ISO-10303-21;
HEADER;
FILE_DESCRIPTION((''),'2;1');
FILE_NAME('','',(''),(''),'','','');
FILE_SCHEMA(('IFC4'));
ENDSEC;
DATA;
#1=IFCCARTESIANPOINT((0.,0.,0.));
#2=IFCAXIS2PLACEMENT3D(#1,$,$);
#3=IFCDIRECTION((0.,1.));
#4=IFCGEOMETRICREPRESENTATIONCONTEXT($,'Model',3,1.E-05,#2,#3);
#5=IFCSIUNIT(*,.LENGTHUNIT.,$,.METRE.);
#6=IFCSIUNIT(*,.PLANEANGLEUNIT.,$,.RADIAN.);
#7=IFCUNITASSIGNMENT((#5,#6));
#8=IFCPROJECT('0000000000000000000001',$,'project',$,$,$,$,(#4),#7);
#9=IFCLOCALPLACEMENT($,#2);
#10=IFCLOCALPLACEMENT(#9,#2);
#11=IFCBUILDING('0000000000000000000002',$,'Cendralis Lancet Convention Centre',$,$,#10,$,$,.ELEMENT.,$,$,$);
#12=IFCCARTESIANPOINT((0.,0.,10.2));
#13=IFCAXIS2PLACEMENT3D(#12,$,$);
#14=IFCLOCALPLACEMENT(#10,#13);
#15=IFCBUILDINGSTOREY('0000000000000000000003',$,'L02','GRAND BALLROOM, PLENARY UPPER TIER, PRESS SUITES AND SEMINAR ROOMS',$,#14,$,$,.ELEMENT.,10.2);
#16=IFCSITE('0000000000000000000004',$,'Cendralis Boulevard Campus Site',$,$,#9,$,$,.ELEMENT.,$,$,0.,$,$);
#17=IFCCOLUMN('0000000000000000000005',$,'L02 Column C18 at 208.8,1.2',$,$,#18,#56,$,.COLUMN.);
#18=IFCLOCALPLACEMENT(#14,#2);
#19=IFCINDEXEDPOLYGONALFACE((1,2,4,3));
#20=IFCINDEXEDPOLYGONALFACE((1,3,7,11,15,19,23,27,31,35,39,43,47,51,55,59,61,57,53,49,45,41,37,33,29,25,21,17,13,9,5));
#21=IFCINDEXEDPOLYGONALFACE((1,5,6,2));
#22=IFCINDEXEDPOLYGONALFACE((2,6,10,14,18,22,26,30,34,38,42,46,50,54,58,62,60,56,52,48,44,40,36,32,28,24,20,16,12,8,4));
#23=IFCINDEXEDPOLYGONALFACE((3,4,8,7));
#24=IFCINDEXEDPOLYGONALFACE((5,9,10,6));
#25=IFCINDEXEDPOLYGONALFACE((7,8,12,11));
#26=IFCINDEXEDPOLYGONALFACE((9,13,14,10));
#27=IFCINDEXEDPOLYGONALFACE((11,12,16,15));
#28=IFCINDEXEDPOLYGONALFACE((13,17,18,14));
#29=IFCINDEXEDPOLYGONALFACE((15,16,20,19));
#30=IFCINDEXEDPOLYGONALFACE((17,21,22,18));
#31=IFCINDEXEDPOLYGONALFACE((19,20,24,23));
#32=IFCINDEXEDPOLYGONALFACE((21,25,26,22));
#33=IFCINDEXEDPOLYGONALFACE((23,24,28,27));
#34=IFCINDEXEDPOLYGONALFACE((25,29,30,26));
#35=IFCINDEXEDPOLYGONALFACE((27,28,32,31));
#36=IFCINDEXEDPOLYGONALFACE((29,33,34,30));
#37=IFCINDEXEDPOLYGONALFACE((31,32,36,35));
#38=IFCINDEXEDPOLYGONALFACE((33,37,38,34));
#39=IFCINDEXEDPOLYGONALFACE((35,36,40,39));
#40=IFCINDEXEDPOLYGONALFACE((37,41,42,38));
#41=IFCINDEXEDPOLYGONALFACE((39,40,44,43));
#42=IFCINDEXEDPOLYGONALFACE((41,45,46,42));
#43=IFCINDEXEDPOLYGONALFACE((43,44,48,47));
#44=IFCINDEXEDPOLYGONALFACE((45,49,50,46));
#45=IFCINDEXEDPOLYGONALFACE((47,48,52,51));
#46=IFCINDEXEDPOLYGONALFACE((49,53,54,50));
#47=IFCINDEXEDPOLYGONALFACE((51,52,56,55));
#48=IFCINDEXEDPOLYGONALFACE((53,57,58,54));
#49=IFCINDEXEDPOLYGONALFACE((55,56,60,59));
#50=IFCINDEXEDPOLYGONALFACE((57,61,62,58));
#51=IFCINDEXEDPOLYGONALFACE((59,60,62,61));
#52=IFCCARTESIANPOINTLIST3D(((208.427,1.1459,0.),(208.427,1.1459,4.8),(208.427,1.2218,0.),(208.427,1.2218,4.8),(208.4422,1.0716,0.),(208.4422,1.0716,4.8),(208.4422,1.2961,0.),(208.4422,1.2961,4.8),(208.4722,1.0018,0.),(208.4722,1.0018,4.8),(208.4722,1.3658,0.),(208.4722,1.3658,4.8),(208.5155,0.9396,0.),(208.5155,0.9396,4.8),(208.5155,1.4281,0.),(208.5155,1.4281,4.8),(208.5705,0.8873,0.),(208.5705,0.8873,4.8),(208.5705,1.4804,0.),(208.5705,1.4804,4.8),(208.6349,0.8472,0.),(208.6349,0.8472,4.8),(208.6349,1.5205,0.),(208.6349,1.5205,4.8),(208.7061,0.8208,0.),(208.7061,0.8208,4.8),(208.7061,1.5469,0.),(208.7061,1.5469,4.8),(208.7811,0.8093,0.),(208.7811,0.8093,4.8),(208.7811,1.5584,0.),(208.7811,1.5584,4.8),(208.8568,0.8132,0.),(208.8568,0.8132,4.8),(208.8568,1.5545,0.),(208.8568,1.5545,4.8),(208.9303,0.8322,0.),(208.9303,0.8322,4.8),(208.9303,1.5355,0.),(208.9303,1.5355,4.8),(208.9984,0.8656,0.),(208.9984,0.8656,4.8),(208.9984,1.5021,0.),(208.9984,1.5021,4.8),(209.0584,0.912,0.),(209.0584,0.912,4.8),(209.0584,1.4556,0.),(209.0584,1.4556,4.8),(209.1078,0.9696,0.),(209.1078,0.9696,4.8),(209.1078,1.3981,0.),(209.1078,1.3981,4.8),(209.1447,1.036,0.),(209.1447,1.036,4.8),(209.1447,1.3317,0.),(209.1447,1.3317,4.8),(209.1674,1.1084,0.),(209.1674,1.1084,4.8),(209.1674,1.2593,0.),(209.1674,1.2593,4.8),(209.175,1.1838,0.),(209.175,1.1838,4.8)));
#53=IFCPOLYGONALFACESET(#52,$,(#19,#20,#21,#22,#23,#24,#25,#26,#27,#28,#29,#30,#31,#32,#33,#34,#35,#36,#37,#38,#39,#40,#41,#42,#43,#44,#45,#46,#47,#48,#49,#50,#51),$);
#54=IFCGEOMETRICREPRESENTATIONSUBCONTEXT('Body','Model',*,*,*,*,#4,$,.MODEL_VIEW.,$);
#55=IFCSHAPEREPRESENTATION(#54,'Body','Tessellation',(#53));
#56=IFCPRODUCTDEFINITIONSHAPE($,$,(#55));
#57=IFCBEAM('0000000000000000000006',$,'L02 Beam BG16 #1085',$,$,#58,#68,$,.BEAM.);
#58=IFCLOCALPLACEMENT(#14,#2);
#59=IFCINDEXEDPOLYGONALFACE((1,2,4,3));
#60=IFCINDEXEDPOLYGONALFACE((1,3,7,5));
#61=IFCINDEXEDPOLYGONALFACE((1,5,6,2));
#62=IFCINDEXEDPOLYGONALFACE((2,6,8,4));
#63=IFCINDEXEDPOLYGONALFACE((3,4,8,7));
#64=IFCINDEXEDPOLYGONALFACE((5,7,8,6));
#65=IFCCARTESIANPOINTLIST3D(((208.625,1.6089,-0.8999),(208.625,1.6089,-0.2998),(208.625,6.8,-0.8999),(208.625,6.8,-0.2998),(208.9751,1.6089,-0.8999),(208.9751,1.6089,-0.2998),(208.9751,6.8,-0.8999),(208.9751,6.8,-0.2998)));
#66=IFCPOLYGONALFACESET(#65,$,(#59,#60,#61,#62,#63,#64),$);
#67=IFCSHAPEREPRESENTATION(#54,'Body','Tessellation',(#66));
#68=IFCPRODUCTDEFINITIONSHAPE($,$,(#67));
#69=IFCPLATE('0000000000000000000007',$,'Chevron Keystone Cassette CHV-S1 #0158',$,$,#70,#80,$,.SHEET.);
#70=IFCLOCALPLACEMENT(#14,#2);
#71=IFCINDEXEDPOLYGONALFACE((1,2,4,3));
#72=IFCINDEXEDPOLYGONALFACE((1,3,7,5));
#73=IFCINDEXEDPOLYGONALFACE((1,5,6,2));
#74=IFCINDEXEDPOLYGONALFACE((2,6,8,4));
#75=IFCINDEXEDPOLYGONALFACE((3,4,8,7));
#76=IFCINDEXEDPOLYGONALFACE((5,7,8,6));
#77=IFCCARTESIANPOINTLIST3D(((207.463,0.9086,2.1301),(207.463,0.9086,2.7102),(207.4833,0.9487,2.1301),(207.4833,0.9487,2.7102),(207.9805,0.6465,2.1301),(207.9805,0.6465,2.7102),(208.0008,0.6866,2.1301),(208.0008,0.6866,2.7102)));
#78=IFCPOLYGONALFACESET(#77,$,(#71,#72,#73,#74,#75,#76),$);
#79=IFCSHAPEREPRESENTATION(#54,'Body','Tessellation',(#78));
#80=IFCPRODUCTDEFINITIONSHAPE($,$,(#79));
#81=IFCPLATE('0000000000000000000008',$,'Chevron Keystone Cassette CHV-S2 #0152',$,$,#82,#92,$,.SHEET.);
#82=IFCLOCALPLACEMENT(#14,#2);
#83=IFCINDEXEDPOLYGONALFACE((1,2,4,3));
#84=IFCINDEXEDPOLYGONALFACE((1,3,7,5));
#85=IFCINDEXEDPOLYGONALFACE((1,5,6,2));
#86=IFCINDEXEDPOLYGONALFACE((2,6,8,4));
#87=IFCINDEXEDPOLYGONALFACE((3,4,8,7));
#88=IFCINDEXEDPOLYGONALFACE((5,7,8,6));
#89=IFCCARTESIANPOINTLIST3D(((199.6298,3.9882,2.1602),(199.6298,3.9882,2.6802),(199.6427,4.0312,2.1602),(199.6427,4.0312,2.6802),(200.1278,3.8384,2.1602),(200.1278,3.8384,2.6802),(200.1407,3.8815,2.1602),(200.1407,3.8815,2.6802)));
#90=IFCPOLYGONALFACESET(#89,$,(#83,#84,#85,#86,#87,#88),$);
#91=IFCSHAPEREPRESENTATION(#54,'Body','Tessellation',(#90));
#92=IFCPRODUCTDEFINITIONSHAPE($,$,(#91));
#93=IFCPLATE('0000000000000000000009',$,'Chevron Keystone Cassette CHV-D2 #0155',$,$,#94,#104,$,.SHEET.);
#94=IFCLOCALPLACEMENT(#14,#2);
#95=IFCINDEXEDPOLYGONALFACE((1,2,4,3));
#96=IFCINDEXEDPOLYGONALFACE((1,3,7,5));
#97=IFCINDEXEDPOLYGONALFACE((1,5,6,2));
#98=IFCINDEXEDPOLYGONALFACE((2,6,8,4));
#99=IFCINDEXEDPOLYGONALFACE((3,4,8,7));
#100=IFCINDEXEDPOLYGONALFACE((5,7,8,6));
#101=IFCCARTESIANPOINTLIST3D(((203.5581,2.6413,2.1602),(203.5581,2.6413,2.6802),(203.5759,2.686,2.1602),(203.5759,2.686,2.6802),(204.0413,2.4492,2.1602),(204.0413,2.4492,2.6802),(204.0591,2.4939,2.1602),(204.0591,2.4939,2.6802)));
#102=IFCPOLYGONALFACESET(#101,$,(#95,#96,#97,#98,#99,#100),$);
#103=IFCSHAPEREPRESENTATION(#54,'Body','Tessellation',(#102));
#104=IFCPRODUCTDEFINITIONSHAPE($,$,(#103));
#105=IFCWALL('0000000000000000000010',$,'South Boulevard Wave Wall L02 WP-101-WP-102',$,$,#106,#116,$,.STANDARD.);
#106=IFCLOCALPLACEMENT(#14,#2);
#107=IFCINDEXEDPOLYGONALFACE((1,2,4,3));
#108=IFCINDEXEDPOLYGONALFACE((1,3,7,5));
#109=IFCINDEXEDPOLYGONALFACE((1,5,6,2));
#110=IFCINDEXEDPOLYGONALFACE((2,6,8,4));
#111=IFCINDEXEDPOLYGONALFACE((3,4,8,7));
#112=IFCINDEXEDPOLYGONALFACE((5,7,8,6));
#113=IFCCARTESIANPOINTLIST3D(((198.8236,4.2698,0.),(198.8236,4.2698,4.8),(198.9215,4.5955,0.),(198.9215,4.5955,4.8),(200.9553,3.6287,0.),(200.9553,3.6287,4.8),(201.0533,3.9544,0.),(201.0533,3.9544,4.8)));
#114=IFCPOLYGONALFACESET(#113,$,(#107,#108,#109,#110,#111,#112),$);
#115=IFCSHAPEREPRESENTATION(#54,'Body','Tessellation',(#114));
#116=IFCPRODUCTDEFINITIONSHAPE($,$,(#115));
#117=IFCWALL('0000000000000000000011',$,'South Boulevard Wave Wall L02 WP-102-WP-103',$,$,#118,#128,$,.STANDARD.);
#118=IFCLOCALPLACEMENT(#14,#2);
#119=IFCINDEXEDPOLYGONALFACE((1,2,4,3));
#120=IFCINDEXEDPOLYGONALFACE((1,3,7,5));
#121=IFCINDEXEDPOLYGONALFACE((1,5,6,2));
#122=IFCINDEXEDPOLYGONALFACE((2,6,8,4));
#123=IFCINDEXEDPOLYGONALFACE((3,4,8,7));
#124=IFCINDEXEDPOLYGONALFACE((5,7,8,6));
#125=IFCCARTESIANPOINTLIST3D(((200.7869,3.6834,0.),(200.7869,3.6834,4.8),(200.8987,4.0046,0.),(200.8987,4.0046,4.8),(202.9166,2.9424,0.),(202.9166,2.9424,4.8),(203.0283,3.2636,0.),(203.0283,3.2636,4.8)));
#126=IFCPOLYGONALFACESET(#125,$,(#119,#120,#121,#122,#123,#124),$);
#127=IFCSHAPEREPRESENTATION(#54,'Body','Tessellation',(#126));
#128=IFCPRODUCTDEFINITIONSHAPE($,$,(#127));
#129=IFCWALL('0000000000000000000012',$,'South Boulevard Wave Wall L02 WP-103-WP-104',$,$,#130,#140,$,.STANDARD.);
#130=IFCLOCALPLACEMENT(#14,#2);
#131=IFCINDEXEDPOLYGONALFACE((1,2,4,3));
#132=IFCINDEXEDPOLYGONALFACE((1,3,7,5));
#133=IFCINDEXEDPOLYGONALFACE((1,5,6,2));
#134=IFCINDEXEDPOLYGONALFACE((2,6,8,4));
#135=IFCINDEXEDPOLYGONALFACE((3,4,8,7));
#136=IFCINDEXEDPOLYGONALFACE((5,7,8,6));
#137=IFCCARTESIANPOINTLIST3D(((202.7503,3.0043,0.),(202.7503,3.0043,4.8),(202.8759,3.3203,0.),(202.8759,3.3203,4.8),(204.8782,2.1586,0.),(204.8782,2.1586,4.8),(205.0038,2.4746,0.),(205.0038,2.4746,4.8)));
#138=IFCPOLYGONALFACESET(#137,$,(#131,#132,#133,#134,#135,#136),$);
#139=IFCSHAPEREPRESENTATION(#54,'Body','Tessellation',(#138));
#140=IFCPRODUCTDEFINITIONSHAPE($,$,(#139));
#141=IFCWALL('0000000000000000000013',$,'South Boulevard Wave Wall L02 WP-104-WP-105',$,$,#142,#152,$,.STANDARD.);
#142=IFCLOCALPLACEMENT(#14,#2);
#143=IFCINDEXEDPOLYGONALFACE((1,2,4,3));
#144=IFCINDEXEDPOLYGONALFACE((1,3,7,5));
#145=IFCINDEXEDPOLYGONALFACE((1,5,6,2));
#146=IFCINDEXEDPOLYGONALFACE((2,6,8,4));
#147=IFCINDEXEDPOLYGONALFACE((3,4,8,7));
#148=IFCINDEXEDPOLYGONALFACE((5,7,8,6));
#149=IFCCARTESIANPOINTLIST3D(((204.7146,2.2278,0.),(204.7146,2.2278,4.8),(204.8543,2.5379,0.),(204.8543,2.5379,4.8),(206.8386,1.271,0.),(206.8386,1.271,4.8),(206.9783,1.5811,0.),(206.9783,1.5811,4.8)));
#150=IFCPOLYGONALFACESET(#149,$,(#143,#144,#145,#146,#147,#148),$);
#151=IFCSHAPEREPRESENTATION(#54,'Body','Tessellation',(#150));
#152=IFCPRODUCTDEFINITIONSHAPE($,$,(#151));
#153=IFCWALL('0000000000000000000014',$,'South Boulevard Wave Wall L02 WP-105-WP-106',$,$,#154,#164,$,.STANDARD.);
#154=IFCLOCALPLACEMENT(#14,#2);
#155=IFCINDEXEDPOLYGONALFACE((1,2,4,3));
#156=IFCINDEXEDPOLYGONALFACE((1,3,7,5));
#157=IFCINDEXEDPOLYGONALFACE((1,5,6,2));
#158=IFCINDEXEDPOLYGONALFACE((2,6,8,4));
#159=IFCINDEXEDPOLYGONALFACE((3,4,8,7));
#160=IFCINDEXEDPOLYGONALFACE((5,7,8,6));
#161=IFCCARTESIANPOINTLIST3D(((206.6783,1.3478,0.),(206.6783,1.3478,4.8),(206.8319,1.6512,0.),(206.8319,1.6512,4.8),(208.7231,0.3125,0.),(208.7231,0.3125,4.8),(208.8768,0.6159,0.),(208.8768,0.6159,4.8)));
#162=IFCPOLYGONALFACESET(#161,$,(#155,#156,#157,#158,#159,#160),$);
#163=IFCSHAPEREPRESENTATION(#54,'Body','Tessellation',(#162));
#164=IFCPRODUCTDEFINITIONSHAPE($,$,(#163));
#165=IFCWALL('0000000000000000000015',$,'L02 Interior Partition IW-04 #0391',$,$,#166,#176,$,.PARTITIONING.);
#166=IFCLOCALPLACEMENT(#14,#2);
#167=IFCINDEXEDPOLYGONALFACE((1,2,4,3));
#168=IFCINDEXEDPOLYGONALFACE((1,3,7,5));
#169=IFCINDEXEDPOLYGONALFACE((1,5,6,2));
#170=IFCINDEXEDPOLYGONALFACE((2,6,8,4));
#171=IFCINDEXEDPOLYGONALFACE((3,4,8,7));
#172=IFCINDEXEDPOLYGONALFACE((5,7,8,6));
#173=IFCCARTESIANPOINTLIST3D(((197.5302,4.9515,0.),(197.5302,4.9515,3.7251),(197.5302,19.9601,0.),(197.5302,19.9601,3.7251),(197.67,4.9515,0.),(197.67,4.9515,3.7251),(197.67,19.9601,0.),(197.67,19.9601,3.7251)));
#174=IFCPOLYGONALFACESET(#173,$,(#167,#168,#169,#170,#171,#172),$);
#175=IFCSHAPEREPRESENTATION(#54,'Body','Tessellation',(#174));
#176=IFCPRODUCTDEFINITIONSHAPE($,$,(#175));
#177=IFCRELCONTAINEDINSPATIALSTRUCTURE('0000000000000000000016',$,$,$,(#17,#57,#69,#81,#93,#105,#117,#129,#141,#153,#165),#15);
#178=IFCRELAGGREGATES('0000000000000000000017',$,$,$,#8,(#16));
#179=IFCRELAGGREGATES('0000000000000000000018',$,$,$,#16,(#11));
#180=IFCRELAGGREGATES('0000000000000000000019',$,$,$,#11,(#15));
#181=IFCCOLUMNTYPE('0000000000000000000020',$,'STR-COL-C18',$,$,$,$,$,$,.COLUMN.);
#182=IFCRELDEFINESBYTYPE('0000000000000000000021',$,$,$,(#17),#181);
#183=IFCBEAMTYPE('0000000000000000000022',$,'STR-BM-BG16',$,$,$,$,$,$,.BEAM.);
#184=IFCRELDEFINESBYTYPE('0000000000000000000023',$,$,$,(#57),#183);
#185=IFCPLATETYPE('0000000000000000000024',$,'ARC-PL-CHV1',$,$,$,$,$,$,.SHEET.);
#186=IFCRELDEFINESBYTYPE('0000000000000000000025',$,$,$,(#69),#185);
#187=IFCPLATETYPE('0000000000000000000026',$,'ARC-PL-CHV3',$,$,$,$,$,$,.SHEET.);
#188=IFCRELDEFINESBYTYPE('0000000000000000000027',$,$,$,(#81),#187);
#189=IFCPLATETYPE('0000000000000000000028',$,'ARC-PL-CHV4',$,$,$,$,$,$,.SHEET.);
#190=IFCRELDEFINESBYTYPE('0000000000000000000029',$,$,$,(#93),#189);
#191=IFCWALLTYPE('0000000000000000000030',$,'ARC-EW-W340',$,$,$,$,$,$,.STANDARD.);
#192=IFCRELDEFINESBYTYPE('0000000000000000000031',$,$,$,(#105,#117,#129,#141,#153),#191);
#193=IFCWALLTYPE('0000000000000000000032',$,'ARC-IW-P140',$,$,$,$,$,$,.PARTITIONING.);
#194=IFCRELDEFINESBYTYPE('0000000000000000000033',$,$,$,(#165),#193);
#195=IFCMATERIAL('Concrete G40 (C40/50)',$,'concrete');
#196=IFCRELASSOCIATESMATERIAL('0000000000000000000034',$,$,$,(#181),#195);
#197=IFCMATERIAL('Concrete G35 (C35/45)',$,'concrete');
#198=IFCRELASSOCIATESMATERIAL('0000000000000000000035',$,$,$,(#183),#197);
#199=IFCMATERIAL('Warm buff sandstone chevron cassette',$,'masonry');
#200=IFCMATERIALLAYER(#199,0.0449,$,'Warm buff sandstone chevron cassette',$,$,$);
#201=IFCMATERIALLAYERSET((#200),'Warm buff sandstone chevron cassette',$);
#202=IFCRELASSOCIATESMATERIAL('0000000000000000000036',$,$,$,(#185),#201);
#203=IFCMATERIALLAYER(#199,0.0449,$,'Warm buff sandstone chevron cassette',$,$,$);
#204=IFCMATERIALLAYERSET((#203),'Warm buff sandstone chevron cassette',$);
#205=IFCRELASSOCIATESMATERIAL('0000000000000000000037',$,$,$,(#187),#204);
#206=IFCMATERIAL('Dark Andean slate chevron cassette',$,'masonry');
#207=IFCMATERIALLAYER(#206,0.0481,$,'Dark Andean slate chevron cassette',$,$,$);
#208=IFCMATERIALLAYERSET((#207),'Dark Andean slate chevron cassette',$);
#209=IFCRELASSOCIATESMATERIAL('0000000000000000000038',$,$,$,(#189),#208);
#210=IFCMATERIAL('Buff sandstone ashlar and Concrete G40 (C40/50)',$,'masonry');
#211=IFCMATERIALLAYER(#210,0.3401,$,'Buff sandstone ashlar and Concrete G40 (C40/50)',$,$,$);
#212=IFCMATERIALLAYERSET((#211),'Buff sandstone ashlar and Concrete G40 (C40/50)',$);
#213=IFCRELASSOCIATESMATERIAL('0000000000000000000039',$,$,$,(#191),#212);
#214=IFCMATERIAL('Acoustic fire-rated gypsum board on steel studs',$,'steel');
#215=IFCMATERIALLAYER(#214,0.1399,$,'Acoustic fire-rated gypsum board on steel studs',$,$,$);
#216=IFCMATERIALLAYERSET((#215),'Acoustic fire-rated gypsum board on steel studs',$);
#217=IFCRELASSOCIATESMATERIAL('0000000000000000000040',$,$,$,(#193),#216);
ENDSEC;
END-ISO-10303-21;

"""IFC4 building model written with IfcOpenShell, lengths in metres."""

from ifc_helpers import new_model, si_unit, direction, frame, frame_2d, origin, origin_2d, place, context, subcontext, project, spatial, rectangle, circle, extrude, material, layer, layer_set, material_profile, profile_set, type_object, element, save


model = new_model("IFC4")

# Units and contexts
model_context = context("Model", 3, precision=1e-05, world=origin(), true_north=direction((0.0, 1.0)))
body_context = subcontext(model_context, "Body", "Model", "MODEL_VIEW")
ifc_project = project(units=[si_unit("LENGTHUNIT", "METRE"), si_unit("PLANEANGLEUNIT", "RADIAN")], contexts=[model_context])

# Site, building, storey
site_placement = place(None, origin())
site = spatial("IfcSite", under=ifc_project, at=site_placement, Name="Cendralis Boulevard Campus Site", CompositionType="ELEMENT", RefElevation=0.0)
building_placement = place(site_placement, origin())
building = spatial("IfcBuilding", under=site, at=building_placement, Name="Cendralis Lancet Convention Centre", CompositionType="ELEMENT")
storey_placement = place(building_placement, frame((0.0, 0.0, 10.2)))
storey = spatial("IfcBuildingStorey", under=building, at=storey_placement, Name="L02", Description="GRAND BALLROOM, PLENARY UPPER TIER, PRESS SUITES AND SEMINAR ROOMS", CompositionType="ELEMENT", Elevation=10.2)

# Column
ifc_material_1 = material(Name="Concrete G40 (C40/50)", Category="concrete")
ifc_material_profile_1 = material_profile(ifc_material_1, circle(Radius=0.375, at=origin_2d()), Name="RC D750")
ifc_profile_set_1 = profile_set([ifc_material_profile_1], Name="Concrete G40 (C40/50)")
column_type = type_object("IfcColumnType", Name="STR-COL-C18", PredefinedType="COLUMN", material=ifc_profile_set_1)
column_placement = place(storey_placement, frame((208.8, 1.1838, 0.0), z_axis=(0.0, 0.0, 1.0), x_axis=(1.0, 0.0, 0.0)))
element("IfcColumn", 1, at=column_placement, inside=storey, type_object=column_type, Name="L02 Column C18 at 208.8,1.2", PredefinedType="COLUMN", context=body_context, shape_type="SweptSolid", body=[
    extrude(circle(Radius=0.375, at=origin_2d()), origin(), (0.0, 0.0, 1.0), 4.8),
])

# Beam
ifc_material_2 = material(Name="Concrete G35 (C35/45)", Category="concrete")
ifc_material_profile_2 = material_profile(ifc_material_2, rectangle(XDim=0.3501, YDim=0.6001, at=origin_2d()), Name="RCB 350x600")
ifc_profile_set_2 = profile_set([ifc_material_profile_2], Name="Concrete G35 (C35/45)")
beam_type = type_object("IfcBeamType", Name="STR-BM-BG16", PredefinedType="BEAM", material=ifc_profile_set_2)
beam_placement = place(storey_placement, frame((208.8, 1.6089, -0.5999), z_axis=(0.0, 1.0, 0.0), x_axis=(-1.0, 0.0, 0.0)))
element("IfcBeam", 2, at=beam_placement, inside=storey, type_object=beam_type, Name="L02 Beam BG16 #1085", PredefinedType="BEAM", context=body_context, shape_type="SweptSolid", body=[
    extrude(rectangle(XDim=0.3501, YDim=0.6001, at=origin_2d()), origin(), (0.0, 0.0, 1.0), 5.1912),
])

# Plates
ifc_material_3 = material(Name="Warm buff sandstone chevron cassette", Category="masonry")
ifc_layer_1 = layer(ifc_material_3, 0.0449, Name="Warm buff sandstone chevron cassette")
ifc_layer_set_1 = layer_set([ifc_layer_1], Name="Warm buff sandstone chevron cassette")
plate_type_1 = type_object("IfcPlateType", Name="ARC-PL-CHV1", PredefinedType="SHEET", material=ifc_layer_set_1)
plate_1_placement = place(storey_placement, frame((207.7319, 0.7976, 2.1301), z_axis=(0.0, 0.0, 1.0), x_axis=(0.892153, -0.451734, 0.0)))
element("IfcPlate", 3, at=plate_1_placement, inside=storey, type_object=plate_type_1, Name="Chevron Keystone Cassette CHV-S1 #0158", PredefinedType="SHEET", context=body_context, shape_type="SweptSolid", body=[
    extrude(rectangle(XDim=0.5801, YDim=0.0449, at=origin_2d()), origin(), (0.0, 0.0, 1.0), 0.5801),
])
ifc_layer_2 = layer(ifc_material_3, 0.0449, Name="Warm buff sandstone chevron cassette")
ifc_layer_set_2 = layer_set([ifc_layer_2], Name="Warm buff sandstone chevron cassette")
plate_type_2 = type_object("IfcPlateType", Name="ARC-PL-CHV3", PredefinedType="SHEET", material=ifc_layer_set_2)
plate_2_placement = place(storey_placement, frame((199.8853, 3.9348, 2.1602), z_axis=(0.0, 0.0, 1.0), x_axis=(0.957652, -0.287929, 0.0)))
element("IfcPlate", 4, at=plate_2_placement, inside=storey, type_object=plate_type_2, Name="Chevron Keystone Cassette CHV-S2 #0152", PredefinedType="SHEET", context=body_context, shape_type="SweptSolid", body=[
    extrude(rectangle(XDim=0.52, YDim=0.0449, at=origin_2d()), origin(), (0.0, 0.0, 1.0), 0.52),
])
ifc_material_4 = material(Name="Dark Andean slate chevron cassette", Category="masonry")
ifc_layer_3 = layer(ifc_material_4, 0.0481, Name="Dark Andean slate chevron cassette")
ifc_layer_set_3 = layer_set([ifc_layer_3], Name="Dark Andean slate chevron cassette")
plate_type_3 = type_object("IfcPlateType", Name="ARC-PL-CHV4", PredefinedType="SHEET", material=ifc_layer_set_3)
plate_3_placement = place(storey_placement, frame((203.8086, 2.5676, 2.1602), z_axis=(0.0, 0.0, 1.0), x_axis=(0.929287, -0.369358, 0.0)))
element("IfcPlate", 5, at=plate_3_placement, inside=storey, type_object=plate_type_3, Name="Chevron Keystone Cassette CHV-D2 #0155", PredefinedType="SHEET", context=body_context, shape_type="SweptSolid", body=[
    extrude(rectangle(XDim=0.52, YDim=0.0481, at=origin_2d()), origin(), (0.0, 0.0, 1.0), 0.52),
])

# Walls
ifc_material_5 = material(Name="Buff sandstone ashlar and Concrete G40 (C40/50)", Category="masonry")
ifc_layer_4 = layer(ifc_material_5, 0.3401, Name="Buff sandstone ashlar and Concrete G40 (C40/50)")
ifc_layer_set_4 = layer_set([ifc_layer_4], Name="Buff sandstone ashlar and Concrete G40 (C40/50)")
wall_type_1 = type_object("IfcWallType", Name="ARC-EW-W340", PredefinedType="STANDARD", material=ifc_layer_set_4)
wall_1_placement = place(storey_placement, frame((198.8726, 4.4326, 0.0), z_axis=(0.0, 0.0, 1.0), x_axis=(0.957633, -0.287992, 0.0)))
element("IfcWall", 6, at=wall_1_placement, inside=storey, type_object=wall_type_1, Name="South Boulevard Wave Wall L02 WP-101-WP-102", PredefinedType="STANDARD", context=body_context, shape_type="SweptSolid", body=[
    extrude(rectangle(XDim=2.2261, YDim=0.3401, at=frame_2d((1.113, 0.0))), origin(), (0.0, 0.0, 1.0), 4.8),
])
wall_2_placement = place(storey_placement, frame((200.8428, 3.844, 0.0), z_axis=(0.0, 0.0, 1.0), x_axis=(0.944466, -0.328609, 0.0)))
element("IfcWall", 7, at=wall_2_placement, inside=storey, type_object=wall_type_1, Name="South Boulevard Wave Wall L02 WP-102-WP-103", PredefinedType="STANDARD", context=body_context, shape_type="SweptSolid", body=[
    extrude(rectangle(XDim=2.2549, YDim=0.3401, at=frame_2d((1.1274, 0.0))), origin(), (0.0, 0.0, 1.0), 4.8),
])
wall_3_placement = place(storey_placement, frame((202.813, 3.1624, 0.0), z_axis=(0.0, 0.0, 1.0), x_axis=(0.929298, -0.369331, 0.0)))
element("IfcWall", 8, at=wall_3_placement, inside=storey, type_object=wall_type_1, Name="South Boulevard Wave Wall L02 WP-103-WP-104", PredefinedType="STANDARD", context=body_context, shape_type="SweptSolid", body=[
    extrude(rectangle(XDim=2.2898, YDim=0.3401, at=frame_2d((1.145, 0.0))), origin(), (0.0, 0.0, 1.0), 4.8),
])
wall_4_placement = place(storey_placement, frame((204.7844, 2.3828, 0.0), z_axis=(0.0, 0.0, 1.0), x_axis=(0.911765, -0.410713, 0.0)))
element("IfcWall", 9, at=wall_4_placement, inside=storey, type_object=wall_type_1, Name="South Boulevard Wave Wall L02 WP-104-WP-105", PredefinedType="STANDARD", context=body_context, shape_type="SweptSolid", body=[
    extrude(rectangle(XDim=2.3296, YDim=0.3401, at=frame_2d((1.1648, 0.0))), origin(), (0.0, 0.0, 1.0), 4.8),
])
wall_5_placement = place(storey_placement, frame((206.7551, 1.4995, 0.0), z_axis=(0.0, 0.0, 1.0), x_axis=(0.892158, -0.451724, 0.0)))
element("IfcWall", 10, at=wall_5_placement, inside=storey, type_object=wall_type_1, Name="South Boulevard Wave Wall L02 WP-105-WP-106", PredefinedType="STANDARD", context=body_context, shape_type="SweptSolid", body=[
    extrude(rectangle(XDim=2.292, YDim=0.3401, at=frame_2d((1.146, 0.0))), origin(), (0.0, 0.0, 1.0), 4.8),
])
ifc_material_6 = material(Name="Acoustic fire-rated gypsum board on steel studs", Category="steel")
ifc_layer_5 = layer(ifc_material_6, 0.1399, Name="Acoustic fire-rated gypsum board on steel studs")
ifc_layer_set_5 = layer_set([ifc_layer_5], Name="Acoustic fire-rated gypsum board on steel studs")
wall_type_2 = type_object("IfcWallType", Name="ARC-IW-P140", PredefinedType="PARTITIONING", material=ifc_layer_set_5)
wall_6_placement = place(storey_placement, frame((197.6001, 4.9514, 0.0), z_axis=(0.0, 0.0, 1.0), x_axis=(0.0, 1.0, 0.0)))
element("IfcWall", 11, at=wall_6_placement, inside=storey, type_object=wall_type_2, Name="L02 Interior Partition IW-04 #0391", PredefinedType="PARTITIONING", context=body_context, shape_type="SweptSolid", body=[
    extrude(rectangle(XDim=15.0085, YDim=0.1399, at=frame_2d((7.5044, 0.0))), origin(), (0.0, 0.0, 1.0), 3.7251),
])

save(model, "model.ifc")
